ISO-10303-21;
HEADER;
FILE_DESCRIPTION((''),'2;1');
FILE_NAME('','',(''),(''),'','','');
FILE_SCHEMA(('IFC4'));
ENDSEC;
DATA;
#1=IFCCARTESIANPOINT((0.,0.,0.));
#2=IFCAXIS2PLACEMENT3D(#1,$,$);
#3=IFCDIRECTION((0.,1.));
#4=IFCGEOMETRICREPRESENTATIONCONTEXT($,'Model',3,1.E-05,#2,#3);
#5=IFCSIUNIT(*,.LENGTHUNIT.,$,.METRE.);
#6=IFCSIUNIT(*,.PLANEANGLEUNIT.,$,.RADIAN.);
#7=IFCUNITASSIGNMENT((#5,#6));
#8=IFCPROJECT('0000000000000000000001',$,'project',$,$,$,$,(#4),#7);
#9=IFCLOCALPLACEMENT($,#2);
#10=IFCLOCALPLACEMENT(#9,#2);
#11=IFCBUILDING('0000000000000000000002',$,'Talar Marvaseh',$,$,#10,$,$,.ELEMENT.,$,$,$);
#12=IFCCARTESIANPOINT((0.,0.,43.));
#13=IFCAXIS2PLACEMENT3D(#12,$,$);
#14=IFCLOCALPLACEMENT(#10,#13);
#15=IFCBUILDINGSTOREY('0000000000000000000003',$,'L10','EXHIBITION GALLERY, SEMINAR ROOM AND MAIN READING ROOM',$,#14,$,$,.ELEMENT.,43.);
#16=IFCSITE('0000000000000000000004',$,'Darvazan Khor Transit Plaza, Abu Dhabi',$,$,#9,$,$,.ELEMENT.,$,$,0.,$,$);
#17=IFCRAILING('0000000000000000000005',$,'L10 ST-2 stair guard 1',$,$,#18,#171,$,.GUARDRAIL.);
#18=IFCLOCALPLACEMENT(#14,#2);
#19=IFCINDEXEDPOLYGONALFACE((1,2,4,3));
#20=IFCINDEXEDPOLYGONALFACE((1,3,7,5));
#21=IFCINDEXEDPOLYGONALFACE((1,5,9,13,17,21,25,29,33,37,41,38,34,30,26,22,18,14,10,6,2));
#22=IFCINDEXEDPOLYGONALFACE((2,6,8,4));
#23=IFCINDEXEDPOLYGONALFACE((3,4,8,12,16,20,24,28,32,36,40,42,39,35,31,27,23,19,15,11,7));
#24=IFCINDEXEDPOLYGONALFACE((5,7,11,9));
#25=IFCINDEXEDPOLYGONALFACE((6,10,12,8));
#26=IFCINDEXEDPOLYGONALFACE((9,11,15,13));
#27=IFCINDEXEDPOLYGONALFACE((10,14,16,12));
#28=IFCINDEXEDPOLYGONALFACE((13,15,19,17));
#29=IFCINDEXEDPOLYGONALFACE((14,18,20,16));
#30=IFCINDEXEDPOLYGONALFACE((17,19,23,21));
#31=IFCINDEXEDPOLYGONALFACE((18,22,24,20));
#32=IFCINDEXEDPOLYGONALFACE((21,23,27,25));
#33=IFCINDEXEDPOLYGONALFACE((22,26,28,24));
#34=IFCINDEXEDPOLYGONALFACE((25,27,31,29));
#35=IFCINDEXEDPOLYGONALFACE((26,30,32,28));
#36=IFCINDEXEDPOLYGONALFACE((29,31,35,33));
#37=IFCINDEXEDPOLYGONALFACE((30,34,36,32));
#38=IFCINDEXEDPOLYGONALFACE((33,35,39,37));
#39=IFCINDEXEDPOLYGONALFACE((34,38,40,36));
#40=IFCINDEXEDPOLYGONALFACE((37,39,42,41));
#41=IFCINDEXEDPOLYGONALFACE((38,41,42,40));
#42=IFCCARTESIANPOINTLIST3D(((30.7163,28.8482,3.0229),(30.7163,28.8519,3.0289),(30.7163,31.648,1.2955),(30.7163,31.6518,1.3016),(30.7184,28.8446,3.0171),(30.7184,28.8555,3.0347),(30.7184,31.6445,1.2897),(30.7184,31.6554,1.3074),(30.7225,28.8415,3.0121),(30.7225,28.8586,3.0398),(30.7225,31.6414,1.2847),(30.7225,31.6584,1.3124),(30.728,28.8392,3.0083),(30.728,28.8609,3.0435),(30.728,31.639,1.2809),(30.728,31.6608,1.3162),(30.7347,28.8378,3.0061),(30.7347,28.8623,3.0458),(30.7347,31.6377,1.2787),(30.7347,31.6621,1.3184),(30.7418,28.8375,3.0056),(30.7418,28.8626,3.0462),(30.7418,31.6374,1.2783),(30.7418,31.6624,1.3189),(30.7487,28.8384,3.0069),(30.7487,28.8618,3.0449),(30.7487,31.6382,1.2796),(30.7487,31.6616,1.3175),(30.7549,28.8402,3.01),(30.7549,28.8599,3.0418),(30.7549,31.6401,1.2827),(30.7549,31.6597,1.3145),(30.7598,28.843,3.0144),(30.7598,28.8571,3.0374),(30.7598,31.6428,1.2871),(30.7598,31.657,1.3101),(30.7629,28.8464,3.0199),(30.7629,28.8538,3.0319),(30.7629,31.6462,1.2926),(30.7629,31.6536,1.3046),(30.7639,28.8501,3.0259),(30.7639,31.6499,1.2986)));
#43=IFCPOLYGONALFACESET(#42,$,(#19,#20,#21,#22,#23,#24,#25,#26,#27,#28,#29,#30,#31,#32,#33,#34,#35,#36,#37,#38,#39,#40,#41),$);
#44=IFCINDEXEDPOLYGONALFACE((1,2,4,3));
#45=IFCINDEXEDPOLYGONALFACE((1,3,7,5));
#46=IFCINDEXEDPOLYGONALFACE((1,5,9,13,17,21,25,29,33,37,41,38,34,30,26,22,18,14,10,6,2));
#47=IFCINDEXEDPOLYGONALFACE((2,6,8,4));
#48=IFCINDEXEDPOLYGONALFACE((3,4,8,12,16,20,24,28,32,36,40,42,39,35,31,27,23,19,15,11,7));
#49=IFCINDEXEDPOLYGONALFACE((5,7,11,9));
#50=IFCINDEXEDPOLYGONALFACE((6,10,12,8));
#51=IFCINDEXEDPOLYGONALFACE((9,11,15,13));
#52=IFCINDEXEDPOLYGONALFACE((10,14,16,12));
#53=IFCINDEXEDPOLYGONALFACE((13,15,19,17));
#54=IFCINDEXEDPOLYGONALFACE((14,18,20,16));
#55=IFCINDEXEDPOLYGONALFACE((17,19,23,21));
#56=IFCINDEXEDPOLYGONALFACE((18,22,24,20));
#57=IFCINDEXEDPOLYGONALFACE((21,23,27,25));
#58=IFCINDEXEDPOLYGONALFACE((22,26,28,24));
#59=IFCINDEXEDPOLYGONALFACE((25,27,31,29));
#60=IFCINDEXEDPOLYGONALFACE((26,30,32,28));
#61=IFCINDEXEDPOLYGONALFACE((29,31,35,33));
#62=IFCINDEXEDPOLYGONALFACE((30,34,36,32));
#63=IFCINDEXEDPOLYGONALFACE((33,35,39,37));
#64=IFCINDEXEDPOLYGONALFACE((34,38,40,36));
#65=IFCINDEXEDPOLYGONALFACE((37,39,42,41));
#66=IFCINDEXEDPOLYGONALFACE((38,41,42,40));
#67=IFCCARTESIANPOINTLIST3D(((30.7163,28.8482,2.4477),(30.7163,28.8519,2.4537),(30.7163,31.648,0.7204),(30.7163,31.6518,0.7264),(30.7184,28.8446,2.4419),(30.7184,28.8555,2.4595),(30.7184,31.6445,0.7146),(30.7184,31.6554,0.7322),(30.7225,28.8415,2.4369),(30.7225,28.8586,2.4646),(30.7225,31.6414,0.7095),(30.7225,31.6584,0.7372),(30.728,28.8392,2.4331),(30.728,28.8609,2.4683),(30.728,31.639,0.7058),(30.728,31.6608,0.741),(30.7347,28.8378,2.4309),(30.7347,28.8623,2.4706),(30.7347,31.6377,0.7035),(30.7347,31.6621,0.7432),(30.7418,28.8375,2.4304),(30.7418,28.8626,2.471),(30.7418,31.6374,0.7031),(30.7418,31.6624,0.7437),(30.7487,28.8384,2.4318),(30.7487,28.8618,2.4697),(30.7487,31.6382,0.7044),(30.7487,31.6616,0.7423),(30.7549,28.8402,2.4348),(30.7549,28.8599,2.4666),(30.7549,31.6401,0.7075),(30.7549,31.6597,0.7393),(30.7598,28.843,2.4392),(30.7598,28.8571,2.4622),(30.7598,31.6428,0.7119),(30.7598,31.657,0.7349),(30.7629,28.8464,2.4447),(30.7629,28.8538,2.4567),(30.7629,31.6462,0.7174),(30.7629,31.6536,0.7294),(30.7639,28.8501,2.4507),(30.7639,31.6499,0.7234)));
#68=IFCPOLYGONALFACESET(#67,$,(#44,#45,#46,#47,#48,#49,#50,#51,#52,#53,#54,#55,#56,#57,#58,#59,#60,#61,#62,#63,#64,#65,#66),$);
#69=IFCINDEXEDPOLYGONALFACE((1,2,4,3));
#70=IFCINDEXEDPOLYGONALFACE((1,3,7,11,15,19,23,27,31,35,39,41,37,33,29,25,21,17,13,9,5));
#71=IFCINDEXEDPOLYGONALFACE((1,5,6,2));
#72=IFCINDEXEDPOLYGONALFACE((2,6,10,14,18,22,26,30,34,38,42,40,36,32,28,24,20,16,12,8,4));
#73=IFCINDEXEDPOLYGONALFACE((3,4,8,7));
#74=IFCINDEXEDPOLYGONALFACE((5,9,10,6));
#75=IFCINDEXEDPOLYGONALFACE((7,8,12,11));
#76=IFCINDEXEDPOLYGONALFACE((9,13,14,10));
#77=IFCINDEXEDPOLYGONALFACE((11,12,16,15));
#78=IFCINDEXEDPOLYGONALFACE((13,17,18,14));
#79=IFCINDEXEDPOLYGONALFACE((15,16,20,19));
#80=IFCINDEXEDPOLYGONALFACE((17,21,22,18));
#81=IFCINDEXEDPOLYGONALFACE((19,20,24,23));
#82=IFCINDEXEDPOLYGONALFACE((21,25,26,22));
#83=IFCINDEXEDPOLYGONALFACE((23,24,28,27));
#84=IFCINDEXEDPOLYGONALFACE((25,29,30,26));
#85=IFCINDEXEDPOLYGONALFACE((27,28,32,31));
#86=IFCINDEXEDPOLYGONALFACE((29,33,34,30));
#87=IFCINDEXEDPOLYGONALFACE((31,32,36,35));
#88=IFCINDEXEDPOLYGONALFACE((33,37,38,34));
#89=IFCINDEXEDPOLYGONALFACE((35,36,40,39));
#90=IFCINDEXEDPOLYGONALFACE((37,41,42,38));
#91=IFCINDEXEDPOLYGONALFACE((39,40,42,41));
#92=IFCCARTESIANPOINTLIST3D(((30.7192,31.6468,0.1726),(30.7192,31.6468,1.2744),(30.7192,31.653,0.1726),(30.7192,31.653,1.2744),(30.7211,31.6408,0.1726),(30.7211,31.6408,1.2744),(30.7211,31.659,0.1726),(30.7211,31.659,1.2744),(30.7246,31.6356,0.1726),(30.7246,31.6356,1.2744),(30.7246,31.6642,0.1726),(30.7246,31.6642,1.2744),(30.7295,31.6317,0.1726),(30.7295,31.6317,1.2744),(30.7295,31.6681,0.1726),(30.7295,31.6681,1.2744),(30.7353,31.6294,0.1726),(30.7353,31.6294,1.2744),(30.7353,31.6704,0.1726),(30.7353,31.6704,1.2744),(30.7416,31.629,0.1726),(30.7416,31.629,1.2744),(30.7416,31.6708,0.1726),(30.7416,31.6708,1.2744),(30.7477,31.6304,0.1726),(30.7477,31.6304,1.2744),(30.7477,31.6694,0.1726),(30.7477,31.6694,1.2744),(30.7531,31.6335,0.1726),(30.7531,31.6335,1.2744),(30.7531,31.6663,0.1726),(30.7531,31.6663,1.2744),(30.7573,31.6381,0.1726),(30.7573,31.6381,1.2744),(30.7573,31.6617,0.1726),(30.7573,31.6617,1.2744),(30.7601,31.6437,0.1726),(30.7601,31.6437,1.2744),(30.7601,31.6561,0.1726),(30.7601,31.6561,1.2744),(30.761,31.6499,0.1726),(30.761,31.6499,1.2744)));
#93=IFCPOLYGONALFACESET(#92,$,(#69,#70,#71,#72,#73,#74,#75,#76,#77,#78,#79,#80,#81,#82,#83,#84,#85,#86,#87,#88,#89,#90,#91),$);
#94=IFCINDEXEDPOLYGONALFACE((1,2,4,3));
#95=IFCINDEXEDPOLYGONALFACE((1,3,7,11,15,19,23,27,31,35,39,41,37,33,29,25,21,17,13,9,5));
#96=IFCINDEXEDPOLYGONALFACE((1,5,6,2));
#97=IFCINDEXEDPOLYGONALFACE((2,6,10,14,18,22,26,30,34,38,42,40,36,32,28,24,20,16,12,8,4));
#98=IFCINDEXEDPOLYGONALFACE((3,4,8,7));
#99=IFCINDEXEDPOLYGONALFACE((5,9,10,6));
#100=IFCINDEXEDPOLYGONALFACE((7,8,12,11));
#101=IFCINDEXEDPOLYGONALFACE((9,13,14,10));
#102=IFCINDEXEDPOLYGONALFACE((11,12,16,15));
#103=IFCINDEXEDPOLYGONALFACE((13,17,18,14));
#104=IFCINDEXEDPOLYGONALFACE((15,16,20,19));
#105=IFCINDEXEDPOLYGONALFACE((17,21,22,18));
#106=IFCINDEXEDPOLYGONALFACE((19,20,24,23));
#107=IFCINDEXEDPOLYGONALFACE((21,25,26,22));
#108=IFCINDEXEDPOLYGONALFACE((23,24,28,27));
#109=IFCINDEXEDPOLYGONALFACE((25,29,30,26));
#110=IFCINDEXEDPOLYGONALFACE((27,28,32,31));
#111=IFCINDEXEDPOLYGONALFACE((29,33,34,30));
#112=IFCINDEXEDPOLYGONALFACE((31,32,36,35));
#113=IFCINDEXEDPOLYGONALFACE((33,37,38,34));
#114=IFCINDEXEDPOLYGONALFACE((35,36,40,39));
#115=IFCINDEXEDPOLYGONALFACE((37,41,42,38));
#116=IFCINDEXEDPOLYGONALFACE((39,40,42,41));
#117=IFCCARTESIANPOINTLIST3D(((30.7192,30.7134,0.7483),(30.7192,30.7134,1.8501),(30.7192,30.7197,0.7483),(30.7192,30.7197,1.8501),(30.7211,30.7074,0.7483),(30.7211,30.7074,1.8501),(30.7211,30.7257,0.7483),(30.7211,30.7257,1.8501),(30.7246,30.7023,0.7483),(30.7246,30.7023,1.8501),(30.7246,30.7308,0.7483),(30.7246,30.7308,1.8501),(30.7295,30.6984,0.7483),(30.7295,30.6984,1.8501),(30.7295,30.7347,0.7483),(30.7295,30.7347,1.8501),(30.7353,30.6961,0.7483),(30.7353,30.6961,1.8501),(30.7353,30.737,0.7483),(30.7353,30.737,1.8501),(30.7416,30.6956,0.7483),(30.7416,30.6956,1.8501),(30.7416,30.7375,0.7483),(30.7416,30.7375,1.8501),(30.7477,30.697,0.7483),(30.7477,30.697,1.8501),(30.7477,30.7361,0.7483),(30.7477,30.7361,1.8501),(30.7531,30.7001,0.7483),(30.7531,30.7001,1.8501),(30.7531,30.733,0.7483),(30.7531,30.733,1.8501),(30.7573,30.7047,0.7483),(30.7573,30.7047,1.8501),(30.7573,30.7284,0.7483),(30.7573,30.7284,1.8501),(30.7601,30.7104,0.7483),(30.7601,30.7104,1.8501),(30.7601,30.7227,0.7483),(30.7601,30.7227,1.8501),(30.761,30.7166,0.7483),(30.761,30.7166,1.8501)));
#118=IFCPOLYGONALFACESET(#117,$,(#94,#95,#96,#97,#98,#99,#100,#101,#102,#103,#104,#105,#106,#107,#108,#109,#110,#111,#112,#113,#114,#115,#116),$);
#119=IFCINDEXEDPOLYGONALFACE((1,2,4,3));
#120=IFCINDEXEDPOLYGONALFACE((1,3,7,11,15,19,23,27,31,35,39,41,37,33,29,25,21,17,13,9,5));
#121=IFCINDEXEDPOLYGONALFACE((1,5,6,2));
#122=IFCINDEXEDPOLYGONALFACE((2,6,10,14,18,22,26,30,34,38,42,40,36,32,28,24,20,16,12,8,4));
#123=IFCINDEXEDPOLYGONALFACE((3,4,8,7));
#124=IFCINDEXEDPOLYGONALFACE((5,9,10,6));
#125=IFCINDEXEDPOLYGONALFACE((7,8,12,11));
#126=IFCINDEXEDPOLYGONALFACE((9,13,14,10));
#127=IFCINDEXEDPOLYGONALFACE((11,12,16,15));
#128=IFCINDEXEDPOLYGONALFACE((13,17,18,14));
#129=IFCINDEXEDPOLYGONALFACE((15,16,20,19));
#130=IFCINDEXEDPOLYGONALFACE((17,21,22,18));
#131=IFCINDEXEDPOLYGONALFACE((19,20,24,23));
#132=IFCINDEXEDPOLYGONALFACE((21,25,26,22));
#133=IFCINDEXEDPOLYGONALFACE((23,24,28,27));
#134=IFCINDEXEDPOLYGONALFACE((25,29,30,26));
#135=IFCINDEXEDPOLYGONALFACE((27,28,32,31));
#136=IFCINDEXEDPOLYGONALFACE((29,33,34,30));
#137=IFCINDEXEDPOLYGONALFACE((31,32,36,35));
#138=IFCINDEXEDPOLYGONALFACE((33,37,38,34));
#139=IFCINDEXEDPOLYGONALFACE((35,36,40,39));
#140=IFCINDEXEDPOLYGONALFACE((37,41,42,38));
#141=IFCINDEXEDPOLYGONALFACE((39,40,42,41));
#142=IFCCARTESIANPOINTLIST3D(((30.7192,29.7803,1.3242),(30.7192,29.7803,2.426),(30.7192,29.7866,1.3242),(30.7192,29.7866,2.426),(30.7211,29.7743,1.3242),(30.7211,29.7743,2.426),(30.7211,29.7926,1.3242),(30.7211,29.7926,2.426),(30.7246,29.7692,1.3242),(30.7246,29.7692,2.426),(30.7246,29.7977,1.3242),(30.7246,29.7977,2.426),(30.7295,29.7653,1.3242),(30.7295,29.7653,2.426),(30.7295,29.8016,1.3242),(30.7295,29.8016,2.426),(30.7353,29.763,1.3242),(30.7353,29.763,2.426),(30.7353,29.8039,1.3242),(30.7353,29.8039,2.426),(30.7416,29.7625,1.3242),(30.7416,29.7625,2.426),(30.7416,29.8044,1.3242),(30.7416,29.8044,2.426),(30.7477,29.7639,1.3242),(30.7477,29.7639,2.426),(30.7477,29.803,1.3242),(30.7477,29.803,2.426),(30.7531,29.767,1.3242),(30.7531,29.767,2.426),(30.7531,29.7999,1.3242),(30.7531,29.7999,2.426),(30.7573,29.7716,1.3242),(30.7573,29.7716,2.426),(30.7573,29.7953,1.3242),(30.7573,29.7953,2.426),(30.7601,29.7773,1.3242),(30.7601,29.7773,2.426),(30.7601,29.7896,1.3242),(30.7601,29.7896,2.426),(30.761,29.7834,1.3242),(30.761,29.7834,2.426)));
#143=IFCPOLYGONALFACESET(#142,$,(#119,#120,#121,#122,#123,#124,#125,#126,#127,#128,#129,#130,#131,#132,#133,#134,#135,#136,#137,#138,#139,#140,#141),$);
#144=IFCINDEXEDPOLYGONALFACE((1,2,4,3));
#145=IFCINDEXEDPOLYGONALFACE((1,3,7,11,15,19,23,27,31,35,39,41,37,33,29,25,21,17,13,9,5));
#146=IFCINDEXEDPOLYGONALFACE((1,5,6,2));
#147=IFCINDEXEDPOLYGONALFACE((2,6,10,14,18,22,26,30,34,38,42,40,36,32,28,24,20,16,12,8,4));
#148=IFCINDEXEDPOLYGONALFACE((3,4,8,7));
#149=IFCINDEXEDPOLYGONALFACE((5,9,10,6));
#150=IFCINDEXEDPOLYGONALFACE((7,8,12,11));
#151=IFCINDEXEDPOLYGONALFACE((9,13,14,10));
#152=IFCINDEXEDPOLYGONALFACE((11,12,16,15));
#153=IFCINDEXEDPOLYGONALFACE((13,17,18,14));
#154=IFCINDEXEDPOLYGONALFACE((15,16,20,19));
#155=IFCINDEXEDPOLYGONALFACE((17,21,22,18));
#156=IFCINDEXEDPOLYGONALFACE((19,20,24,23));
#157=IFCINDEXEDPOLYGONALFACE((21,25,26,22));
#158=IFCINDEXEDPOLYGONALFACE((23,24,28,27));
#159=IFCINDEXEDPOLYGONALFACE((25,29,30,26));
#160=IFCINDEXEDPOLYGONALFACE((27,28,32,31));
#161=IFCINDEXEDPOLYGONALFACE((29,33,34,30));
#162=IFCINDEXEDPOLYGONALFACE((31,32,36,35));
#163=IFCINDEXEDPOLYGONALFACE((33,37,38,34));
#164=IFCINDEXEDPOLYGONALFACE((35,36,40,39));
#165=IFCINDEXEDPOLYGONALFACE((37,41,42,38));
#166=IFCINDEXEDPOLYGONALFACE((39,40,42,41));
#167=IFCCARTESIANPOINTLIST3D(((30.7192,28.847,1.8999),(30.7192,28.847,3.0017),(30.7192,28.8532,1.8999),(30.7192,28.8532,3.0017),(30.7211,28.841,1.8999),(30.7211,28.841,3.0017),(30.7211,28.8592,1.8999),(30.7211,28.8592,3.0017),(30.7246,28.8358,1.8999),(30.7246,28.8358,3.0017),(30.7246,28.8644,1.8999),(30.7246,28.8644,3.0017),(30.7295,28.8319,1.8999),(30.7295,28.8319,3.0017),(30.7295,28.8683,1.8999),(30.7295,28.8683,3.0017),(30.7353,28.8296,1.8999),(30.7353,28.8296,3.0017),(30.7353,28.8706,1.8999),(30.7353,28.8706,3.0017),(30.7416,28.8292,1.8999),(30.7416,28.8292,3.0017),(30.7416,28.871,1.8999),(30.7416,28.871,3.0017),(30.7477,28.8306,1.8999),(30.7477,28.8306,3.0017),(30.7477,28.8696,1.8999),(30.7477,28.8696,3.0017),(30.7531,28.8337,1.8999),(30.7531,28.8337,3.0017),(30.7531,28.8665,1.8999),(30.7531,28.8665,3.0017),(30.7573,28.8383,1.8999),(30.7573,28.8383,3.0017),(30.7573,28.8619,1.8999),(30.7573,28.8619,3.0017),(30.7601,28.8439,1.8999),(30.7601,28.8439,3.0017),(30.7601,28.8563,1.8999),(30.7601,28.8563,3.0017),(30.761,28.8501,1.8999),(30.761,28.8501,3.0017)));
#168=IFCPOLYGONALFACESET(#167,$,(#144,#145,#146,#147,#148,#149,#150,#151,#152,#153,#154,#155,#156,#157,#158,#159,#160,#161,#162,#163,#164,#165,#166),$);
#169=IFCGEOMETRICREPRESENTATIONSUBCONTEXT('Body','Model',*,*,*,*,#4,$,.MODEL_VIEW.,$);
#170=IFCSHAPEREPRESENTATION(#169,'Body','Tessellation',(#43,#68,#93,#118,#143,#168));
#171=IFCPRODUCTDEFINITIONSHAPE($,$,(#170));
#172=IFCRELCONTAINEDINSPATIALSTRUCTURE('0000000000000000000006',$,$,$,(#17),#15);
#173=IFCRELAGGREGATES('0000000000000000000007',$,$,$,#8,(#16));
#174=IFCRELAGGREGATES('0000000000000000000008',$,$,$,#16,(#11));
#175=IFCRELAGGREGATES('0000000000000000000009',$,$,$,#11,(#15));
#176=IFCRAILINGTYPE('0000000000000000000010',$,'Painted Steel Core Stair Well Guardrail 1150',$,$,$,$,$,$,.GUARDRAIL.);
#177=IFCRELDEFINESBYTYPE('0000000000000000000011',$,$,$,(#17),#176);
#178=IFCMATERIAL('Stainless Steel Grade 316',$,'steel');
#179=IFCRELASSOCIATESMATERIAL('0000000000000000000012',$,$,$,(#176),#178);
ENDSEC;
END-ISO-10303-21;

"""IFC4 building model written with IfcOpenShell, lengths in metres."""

from ifc_helpers import new_model, si_unit, direction, frame, origin, origin_2d, place, context, subcontext, project, spatial, circle, extrude, material, type_object, element, save


model = new_model("IFC4")

# Units and contexts
model_context = context("Model", 3, precision=1e-05, world=origin(), true_north=direction((0.0, 1.0)))
body_context = subcontext(model_context, "Body", "Model", "MODEL_VIEW")
ifc_project = project(units=[si_unit("LENGTHUNIT", "METRE"), si_unit("PLANEANGLEUNIT", "RADIAN")], contexts=[model_context])

# Site, building, storey
site_placement = place(None, origin())
site = spatial("IfcSite", under=ifc_project, at=site_placement, Name="Darvazan Khor Transit Plaza, Abu Dhabi", CompositionType="ELEMENT", RefElevation=0.0)
building_placement = place(site_placement, origin())
building = spatial("IfcBuilding", under=site, at=building_placement, Name="Talar Marvaseh", CompositionType="ELEMENT")
storey_placement = place(building_placement, frame((0.0, 0.0, 43.0)))
storey = spatial("IfcBuildingStorey", under=building, at=storey_placement, Name="L10", Description="EXHIBITION GALLERY, SEMINAR ROOM AND MAIN READING ROOM", CompositionType="ELEMENT", Elevation=43.0)

# Railing
ifc_material_1 = material(Name="Stainless Steel Grade 316", Category="steel")
railing_type_1 = type_object("IfcRailingType", Name="Painted Steel Core Stair Well Guardrail 1150", PredefinedType="GUARDRAIL", material=ifc_material_1)
railing_1_placement = place(storey_placement, frame((30.74, 31.6499, 0.1726)))
element("IfcRailing", 1, at=railing_1_placement, inside=storey, type_object=railing_type_1, Name="L10 ST-2 stair guard 1", PredefinedType="GUARDRAIL", context=body_context, shape_type="SweptSolid", body=[
    extrude(circle(Radius=0.0239, at=origin_2d()), frame((0.0, 0.0, 1.126), z_axis=(0.0, -0.851069, 0.525054), x_axis=(1.0, 0.0, 0.0)), (0.0, 0.0, 1.0), 3.2898),
    extrude(circle(Radius=0.0239, at=origin_2d()), frame((0.0, 0.0, 0.5508), z_axis=(0.0, -0.851069, 0.525054), x_axis=(1.0, 0.0, 0.0)), (0.0, 0.0, 1.0), 3.2898),
    extrude(circle(Radius=0.021, at=origin_2d()), origin(), (0.0, 0.0, 1.0), 1.1018),
    extrude(circle(Radius=0.021, at=origin_2d()), frame((0.0, -0.9333, 0.5757)), (0.0, 0.0, 1.0), 1.1018),
    extrude(circle(Radius=0.021, at=origin_2d()), frame((0.0, -1.8665, 1.1516)), (0.0, 0.0, 1.0), 1.1018),
    extrude(circle(Radius=0.021, at=origin_2d()), frame((0.0, -2.7998, 1.7273)), (0.0, 0.0, 1.0), 1.1018),
])

save(model, "model.ifc")
